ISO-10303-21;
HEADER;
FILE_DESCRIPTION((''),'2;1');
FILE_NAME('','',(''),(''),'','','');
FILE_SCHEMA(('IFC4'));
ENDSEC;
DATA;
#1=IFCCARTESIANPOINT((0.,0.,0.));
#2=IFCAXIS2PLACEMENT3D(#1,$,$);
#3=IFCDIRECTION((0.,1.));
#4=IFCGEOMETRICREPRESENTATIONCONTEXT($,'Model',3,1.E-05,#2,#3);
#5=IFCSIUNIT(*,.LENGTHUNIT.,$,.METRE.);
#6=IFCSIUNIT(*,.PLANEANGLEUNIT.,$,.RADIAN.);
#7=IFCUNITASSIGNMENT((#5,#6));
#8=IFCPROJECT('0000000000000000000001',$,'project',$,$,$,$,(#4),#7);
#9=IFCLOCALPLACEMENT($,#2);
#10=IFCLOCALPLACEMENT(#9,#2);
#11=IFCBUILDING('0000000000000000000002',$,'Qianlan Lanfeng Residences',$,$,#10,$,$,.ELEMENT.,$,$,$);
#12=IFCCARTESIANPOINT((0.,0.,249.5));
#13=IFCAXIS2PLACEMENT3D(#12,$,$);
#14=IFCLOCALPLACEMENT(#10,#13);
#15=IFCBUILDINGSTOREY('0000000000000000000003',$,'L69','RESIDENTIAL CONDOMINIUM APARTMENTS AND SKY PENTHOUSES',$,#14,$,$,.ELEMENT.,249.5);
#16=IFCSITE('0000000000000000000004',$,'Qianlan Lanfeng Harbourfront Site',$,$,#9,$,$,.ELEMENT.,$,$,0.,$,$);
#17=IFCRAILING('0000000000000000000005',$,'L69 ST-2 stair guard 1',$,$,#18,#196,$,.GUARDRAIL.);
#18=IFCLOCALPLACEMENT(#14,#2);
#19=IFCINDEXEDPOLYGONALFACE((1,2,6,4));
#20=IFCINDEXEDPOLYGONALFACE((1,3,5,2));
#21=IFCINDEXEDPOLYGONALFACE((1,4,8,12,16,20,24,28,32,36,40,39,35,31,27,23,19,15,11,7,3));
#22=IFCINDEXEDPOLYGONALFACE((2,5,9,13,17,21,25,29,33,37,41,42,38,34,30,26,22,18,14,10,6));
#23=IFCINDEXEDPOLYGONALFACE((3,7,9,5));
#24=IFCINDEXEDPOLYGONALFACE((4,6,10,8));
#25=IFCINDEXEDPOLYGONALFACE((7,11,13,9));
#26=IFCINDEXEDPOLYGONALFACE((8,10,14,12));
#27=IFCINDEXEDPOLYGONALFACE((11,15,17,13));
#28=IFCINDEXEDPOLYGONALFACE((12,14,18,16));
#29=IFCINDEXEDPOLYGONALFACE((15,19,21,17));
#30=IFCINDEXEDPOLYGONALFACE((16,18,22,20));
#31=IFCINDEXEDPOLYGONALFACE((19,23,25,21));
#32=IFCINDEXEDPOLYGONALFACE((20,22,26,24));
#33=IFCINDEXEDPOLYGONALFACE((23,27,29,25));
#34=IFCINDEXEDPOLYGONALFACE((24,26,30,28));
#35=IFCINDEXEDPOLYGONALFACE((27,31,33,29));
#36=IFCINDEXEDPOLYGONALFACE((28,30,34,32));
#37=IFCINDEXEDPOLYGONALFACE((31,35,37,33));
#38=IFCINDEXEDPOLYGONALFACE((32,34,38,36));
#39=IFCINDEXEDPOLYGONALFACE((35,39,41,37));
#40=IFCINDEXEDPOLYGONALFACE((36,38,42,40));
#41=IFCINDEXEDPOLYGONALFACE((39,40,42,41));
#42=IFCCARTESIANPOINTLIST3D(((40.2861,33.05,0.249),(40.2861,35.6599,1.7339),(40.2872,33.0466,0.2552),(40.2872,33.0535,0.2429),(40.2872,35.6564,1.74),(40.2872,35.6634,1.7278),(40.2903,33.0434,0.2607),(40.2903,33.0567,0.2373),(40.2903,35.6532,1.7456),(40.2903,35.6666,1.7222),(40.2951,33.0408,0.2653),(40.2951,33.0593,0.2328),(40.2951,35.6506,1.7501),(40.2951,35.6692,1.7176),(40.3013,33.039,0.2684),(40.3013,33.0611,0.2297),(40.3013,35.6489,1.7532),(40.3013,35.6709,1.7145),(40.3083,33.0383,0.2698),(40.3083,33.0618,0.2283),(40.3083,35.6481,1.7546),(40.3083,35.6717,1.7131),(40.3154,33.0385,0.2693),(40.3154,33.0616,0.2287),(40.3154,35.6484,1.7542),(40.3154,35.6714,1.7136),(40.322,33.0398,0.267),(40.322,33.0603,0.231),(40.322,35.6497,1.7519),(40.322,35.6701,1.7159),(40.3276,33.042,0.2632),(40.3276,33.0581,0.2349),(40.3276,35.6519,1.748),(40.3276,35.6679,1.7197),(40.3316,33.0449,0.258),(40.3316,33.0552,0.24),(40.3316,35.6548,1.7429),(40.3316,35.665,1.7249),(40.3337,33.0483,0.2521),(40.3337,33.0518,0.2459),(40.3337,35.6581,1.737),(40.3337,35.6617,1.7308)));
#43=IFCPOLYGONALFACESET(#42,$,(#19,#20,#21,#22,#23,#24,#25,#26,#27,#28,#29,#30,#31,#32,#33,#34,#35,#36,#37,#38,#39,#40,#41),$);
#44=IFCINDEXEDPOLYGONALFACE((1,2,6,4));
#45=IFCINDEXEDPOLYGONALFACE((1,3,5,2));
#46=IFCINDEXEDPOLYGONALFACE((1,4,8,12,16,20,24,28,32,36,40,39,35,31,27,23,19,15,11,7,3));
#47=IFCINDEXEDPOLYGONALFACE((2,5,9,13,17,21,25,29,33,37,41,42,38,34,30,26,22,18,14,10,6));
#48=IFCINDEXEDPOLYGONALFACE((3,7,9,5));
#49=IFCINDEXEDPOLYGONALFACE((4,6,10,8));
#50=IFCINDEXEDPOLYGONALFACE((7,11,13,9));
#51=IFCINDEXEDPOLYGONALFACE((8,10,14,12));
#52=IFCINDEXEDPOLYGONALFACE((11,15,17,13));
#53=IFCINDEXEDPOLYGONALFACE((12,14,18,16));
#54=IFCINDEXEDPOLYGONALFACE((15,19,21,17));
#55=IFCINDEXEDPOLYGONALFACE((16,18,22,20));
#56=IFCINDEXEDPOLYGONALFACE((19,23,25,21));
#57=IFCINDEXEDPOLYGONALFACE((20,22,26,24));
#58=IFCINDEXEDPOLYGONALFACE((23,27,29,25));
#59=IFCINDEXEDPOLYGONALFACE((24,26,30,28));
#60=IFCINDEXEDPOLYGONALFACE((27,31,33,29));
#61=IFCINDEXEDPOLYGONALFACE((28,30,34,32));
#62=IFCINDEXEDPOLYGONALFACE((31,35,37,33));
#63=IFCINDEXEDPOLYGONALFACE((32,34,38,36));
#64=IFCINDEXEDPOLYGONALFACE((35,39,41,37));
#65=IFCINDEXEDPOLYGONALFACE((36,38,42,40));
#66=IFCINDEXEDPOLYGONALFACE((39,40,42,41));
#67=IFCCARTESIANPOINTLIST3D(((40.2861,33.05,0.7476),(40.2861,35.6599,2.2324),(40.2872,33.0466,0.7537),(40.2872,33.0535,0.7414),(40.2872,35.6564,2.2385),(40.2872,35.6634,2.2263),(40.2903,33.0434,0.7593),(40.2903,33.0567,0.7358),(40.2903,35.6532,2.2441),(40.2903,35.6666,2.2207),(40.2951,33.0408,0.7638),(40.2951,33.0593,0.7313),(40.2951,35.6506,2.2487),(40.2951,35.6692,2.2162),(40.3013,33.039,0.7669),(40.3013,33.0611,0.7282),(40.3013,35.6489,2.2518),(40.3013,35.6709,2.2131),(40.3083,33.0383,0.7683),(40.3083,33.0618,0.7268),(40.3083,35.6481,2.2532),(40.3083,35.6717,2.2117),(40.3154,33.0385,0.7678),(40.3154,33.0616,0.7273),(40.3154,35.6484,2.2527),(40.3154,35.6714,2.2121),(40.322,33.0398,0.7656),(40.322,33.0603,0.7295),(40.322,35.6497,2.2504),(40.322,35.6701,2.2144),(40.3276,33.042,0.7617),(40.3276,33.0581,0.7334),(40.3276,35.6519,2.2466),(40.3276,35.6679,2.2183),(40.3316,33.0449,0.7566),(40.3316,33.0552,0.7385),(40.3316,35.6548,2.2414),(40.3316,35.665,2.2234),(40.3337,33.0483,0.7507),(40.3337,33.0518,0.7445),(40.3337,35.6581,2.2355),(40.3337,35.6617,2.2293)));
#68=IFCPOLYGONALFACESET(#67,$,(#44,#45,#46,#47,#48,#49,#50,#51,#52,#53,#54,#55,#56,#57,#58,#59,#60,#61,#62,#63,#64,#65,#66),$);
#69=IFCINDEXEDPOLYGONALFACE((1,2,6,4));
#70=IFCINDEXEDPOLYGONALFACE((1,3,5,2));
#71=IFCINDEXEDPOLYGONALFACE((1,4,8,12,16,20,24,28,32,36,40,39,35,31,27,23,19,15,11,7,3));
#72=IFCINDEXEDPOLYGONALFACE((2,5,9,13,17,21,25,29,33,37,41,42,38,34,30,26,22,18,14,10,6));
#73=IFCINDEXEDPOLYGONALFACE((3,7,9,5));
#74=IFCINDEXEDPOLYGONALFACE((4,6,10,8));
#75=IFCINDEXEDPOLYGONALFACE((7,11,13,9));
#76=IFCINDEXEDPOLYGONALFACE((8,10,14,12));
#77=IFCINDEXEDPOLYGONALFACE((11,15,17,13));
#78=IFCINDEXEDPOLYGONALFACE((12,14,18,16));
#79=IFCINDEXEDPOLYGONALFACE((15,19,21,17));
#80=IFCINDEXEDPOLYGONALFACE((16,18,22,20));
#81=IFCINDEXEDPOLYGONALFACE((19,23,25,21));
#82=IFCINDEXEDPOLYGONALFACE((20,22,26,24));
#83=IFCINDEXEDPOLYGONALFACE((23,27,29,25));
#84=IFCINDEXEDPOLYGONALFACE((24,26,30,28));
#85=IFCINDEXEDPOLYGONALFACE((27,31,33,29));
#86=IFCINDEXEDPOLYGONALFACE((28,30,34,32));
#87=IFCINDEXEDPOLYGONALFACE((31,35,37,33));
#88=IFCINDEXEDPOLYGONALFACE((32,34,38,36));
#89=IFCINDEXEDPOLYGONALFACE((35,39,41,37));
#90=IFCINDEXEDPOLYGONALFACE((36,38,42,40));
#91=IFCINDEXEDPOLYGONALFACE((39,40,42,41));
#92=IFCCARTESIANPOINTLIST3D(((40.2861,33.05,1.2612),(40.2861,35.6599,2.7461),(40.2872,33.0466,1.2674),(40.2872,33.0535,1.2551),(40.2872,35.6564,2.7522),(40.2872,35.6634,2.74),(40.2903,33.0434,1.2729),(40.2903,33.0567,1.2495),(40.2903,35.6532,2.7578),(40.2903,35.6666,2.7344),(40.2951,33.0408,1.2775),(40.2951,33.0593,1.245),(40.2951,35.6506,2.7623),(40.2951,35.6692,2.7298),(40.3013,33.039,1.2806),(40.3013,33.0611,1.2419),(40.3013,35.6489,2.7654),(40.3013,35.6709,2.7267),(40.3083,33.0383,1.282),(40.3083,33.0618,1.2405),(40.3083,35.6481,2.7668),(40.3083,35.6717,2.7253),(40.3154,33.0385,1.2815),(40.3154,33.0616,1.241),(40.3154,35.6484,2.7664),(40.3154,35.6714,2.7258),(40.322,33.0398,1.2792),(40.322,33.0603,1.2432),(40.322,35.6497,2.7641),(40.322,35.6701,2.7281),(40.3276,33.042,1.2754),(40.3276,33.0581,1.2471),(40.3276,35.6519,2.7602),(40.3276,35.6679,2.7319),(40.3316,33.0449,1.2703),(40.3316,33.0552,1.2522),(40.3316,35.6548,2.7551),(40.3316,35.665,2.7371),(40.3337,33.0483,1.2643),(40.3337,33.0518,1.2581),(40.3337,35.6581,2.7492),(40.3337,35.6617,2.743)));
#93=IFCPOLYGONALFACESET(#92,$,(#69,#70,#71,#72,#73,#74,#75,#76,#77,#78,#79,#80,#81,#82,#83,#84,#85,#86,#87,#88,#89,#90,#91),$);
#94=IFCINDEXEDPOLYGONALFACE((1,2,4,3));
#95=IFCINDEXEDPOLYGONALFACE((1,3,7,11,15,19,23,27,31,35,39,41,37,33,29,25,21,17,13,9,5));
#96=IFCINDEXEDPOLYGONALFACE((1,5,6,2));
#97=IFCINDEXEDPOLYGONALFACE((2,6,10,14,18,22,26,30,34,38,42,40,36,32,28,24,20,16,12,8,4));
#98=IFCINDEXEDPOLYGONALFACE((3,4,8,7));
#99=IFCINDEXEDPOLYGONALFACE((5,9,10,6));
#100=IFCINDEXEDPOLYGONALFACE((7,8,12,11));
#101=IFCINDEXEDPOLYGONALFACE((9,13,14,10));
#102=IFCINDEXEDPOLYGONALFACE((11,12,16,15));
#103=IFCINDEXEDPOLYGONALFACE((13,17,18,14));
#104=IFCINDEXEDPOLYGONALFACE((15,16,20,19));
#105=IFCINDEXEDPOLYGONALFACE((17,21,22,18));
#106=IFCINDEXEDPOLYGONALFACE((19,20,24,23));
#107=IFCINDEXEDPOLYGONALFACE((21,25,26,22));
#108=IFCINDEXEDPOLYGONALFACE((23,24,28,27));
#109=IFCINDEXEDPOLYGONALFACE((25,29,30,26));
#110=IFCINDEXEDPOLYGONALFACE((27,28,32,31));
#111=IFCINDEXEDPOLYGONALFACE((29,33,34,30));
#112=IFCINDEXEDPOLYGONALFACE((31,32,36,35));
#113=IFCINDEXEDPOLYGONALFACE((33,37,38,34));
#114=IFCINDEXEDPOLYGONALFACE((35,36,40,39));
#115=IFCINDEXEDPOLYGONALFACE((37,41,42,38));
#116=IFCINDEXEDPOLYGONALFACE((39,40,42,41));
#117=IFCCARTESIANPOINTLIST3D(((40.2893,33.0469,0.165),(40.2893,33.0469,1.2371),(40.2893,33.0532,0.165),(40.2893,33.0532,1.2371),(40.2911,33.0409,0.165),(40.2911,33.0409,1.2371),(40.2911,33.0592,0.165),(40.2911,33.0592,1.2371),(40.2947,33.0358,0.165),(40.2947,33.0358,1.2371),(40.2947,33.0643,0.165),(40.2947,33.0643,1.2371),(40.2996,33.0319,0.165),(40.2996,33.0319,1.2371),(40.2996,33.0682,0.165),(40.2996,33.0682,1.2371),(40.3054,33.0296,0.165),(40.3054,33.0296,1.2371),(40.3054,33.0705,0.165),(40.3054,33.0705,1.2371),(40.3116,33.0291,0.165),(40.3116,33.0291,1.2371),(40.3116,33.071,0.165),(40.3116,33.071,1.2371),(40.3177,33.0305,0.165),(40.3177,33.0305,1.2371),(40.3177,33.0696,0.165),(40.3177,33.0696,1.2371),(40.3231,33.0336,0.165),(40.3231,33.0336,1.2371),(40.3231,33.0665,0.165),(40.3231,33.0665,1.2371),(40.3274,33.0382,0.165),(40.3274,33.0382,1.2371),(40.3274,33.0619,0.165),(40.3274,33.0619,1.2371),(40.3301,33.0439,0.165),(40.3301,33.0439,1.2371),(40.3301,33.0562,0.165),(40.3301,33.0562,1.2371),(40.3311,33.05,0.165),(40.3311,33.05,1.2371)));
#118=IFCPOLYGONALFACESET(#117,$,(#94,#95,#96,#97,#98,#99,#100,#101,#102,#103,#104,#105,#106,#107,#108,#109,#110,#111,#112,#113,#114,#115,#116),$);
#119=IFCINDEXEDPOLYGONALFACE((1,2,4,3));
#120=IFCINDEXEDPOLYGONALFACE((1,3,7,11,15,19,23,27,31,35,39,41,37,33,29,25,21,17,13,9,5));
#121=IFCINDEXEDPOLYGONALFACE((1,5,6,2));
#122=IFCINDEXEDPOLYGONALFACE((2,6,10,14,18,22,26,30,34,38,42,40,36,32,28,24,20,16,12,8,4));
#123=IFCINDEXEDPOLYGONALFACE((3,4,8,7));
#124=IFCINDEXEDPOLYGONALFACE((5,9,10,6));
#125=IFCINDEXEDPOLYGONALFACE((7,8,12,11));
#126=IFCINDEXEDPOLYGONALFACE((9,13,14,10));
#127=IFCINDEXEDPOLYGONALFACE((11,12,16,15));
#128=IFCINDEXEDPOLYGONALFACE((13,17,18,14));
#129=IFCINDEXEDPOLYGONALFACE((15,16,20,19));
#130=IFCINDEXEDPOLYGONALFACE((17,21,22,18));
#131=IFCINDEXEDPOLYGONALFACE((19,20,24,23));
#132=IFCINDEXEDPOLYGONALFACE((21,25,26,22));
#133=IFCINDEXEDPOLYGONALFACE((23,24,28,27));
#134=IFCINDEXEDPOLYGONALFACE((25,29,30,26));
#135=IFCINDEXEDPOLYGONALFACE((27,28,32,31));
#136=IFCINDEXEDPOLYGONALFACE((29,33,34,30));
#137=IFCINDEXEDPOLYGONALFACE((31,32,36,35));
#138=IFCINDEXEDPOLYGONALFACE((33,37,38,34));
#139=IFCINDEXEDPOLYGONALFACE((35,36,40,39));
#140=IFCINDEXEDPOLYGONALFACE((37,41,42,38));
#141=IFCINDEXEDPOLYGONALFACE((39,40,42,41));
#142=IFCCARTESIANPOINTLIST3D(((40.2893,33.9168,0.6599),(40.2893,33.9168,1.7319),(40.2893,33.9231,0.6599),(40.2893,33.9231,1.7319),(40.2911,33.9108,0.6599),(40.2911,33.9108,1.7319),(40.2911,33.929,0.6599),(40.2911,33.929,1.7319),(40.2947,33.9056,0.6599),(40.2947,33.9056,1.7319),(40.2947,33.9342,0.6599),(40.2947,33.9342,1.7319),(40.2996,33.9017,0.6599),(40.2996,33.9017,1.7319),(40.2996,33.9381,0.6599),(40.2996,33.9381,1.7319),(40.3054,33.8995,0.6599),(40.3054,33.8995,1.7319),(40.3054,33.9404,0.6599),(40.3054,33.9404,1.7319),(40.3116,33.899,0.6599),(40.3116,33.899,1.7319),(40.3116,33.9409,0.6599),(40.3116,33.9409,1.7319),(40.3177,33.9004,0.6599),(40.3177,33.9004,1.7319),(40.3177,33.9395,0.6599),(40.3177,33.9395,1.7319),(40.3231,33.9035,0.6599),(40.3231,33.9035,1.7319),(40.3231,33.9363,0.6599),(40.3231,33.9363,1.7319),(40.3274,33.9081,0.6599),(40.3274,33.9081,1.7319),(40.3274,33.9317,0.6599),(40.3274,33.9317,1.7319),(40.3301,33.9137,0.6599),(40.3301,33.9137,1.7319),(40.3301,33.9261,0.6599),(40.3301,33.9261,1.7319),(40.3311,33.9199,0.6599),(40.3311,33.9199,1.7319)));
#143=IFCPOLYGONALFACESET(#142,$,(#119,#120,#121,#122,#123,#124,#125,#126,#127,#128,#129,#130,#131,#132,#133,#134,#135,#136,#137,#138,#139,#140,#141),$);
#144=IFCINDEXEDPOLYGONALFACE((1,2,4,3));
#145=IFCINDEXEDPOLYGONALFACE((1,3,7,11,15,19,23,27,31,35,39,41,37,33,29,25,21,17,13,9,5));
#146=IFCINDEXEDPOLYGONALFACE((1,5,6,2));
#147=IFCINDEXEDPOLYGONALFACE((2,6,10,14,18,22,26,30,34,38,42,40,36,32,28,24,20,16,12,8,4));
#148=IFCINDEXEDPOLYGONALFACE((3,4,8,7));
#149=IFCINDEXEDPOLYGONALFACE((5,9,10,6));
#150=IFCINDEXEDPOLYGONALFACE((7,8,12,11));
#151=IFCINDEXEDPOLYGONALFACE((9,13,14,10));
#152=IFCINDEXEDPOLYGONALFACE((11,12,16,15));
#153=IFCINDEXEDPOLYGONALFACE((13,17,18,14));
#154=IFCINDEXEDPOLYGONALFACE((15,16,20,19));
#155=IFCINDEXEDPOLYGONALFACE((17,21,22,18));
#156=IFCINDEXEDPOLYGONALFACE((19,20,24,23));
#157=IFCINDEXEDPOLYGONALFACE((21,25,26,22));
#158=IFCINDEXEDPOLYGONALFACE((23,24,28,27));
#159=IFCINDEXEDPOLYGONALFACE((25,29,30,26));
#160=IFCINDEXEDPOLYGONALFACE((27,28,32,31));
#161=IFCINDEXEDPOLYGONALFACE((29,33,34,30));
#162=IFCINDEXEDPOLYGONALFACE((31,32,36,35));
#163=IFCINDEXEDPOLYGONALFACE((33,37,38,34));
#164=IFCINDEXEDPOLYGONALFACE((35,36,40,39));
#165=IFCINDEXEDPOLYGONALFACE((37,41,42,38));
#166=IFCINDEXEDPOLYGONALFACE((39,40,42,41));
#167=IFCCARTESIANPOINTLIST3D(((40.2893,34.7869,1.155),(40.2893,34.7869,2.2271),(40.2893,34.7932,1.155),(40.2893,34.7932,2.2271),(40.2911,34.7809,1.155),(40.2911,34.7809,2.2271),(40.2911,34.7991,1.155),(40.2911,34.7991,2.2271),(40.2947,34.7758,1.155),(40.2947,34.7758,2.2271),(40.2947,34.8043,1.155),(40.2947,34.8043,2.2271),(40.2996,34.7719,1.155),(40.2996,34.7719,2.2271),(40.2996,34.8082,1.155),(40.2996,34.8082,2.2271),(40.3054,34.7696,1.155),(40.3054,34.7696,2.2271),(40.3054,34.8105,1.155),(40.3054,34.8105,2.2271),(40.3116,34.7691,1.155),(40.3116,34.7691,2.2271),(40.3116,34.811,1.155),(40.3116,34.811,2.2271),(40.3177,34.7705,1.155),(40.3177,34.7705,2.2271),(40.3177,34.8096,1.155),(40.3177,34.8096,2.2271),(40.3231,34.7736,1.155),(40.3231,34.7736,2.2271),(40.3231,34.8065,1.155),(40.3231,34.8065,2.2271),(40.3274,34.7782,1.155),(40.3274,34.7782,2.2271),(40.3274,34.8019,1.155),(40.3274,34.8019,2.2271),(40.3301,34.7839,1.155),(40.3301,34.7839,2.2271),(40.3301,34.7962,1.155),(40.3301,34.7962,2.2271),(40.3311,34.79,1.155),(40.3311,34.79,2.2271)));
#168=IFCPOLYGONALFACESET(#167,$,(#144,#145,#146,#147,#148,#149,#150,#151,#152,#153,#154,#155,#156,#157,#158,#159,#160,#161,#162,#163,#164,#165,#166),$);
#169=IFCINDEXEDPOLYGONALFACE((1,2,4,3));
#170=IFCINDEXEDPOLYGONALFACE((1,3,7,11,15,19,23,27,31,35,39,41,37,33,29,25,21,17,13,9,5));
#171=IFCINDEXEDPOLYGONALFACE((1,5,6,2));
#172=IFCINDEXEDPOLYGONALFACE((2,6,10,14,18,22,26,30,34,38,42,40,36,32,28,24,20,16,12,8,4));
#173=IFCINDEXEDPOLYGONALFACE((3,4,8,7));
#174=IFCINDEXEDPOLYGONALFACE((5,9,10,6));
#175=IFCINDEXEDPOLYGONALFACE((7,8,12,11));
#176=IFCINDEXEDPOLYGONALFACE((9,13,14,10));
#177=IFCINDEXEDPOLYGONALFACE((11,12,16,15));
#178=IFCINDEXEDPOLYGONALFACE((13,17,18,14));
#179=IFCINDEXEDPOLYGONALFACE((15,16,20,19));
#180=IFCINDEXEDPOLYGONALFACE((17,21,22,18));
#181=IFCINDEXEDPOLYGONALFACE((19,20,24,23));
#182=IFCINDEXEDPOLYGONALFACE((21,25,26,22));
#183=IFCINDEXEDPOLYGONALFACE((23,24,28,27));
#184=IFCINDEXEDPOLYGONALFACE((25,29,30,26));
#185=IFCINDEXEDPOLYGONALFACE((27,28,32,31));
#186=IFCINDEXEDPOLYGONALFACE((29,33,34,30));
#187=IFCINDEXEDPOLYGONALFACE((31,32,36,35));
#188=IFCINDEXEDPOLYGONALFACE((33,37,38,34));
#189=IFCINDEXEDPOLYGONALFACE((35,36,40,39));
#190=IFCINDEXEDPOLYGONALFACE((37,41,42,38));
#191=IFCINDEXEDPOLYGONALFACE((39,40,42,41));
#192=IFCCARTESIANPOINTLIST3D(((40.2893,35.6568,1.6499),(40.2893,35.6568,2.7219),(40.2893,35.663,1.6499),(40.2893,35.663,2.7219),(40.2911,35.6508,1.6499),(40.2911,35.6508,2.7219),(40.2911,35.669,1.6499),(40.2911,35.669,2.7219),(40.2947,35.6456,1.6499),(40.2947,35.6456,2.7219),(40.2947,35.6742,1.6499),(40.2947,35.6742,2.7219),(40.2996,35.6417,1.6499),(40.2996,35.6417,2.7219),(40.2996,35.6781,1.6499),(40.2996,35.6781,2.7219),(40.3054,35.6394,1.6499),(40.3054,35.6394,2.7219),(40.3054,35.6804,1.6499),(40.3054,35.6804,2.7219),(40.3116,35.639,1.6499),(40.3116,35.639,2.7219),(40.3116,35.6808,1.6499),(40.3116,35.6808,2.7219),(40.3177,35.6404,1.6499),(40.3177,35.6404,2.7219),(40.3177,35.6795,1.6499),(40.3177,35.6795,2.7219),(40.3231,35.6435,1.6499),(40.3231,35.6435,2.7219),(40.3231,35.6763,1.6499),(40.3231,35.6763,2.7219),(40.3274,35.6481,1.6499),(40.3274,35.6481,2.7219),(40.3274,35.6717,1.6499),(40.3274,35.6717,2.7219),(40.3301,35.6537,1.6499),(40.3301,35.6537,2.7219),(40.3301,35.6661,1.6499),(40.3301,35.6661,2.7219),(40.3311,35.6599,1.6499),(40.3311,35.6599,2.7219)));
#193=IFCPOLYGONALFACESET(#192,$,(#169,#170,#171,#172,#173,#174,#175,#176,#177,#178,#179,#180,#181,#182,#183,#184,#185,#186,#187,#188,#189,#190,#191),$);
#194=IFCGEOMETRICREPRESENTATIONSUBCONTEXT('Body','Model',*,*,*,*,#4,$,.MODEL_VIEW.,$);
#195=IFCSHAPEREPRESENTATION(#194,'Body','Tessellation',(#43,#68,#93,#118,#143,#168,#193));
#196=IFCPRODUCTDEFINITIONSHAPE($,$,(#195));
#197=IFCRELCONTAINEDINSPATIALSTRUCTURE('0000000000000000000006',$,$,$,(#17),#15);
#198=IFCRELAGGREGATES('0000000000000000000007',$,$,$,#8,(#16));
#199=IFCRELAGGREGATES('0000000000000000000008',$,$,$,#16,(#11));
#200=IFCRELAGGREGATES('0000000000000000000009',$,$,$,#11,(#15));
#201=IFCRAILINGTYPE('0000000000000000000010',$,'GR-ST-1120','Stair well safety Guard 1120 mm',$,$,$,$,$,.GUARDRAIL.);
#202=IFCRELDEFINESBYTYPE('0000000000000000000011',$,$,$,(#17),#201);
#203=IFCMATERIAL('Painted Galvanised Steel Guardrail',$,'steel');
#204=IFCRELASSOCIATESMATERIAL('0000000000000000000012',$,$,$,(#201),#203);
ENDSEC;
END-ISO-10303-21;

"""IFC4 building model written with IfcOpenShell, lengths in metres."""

from ifc_helpers import new_model, si_unit, direction, frame, origin, origin_2d, place, context, subcontext, project, spatial, circle, extrude, material, type_object, element, save


model = new_model("IFC4")

# Units and contexts
model_context = context("Model", 3, precision=1e-05, world=origin(), true_north=direction((0.0, 1.0)))
body_context = subcontext(model_context, "Body", "Model", "MODEL_VIEW")
ifc_project = project(units=[si_unit("LENGTHUNIT", "METRE"), si_unit("PLANEANGLEUNIT", "RADIAN")], contexts=[model_context])

# Site, building, storey
site_placement = place(None, origin())
site = spatial("IfcSite", under=ifc_project, at=site_placement, Name="Qianlan Lanfeng Harbourfront Site", CompositionType="ELEMENT", RefElevation=0.0)
building_placement = place(site_placement, origin())
building = spatial("IfcBuilding", under=site, at=building_placement, Name="Qianlan Lanfeng Residences", CompositionType="ELEMENT")
storey_placement = place(building_placement, frame((0.0, 0.0, 249.5)))
storey = spatial("IfcBuildingStorey", under=building, at=storey_placement, Name="L69", Description="RESIDENTIAL CONDOMINIUM APARTMENTS AND SKY PENTHOUSES", CompositionType="ELEMENT", Elevation=249.5)

# Railing
ifc_material_1 = material(Name="Painted Galvanised Steel Guardrail", Category="steel")
railing_type_1 = type_object("IfcRailingType", Name="GR-ST-1120", Description="Stair well safety Guard 1120 mm", PredefinedType="GUARDRAIL", material=ifc_material_1)
railing_1_placement = place(storey_placement, frame((40.3101, 33.05, 0.165)))
element("IfcRailing", 1, at=railing_1_placement, inside=storey, type_object=railing_type_1, Name="L69 ST-2 stair guard 1", PredefinedType="GUARDRAIL", context=body_context, shape_type="SweptSolid", body=[
    extrude(circle(Radius=0.0239, at=origin_2d()), frame((0.0, 0.0, 0.084), z_axis=(0.0, 0.869172, 0.494509), x_axis=(-1.0, 0.0, 0.0)), (0.0, 0.0, 1.0), 3.0027),
    extrude(circle(Radius=0.0239, at=origin_2d()), frame((0.0, 0.0, 0.5825), z_axis=(0.0, 0.869172, 0.494509), x_axis=(-1.0, 0.0, 0.0)), (0.0, 0.0, 1.0), 3.0027),
    extrude(circle(Radius=0.0239, at=origin_2d()), frame((0.0, 0.0, 1.0962), z_axis=(0.0, 0.869172, 0.494509), x_axis=(-1.0, 0.0, 0.0)), (0.0, 0.0, 1.0), 3.0027),
    extrude(circle(Radius=0.021, at=origin_2d()), origin(), (0.0, 0.0, 1.0), 1.072),
    extrude(circle(Radius=0.021, at=origin_2d()), frame((0.0, 0.8699, 0.4949)), (0.0, 0.0, 1.0), 1.072),
    extrude(circle(Radius=0.021, at=origin_2d()), frame((0.0, 1.74, 0.99)), (0.0, 0.0, 1.0), 1.072),
    extrude(circle(Radius=0.021, at=origin_2d()), frame((0.0, 2.6099, 1.4849)), (0.0, 0.0, 1.0), 1.072),
])

save(model, "model.ifc")
